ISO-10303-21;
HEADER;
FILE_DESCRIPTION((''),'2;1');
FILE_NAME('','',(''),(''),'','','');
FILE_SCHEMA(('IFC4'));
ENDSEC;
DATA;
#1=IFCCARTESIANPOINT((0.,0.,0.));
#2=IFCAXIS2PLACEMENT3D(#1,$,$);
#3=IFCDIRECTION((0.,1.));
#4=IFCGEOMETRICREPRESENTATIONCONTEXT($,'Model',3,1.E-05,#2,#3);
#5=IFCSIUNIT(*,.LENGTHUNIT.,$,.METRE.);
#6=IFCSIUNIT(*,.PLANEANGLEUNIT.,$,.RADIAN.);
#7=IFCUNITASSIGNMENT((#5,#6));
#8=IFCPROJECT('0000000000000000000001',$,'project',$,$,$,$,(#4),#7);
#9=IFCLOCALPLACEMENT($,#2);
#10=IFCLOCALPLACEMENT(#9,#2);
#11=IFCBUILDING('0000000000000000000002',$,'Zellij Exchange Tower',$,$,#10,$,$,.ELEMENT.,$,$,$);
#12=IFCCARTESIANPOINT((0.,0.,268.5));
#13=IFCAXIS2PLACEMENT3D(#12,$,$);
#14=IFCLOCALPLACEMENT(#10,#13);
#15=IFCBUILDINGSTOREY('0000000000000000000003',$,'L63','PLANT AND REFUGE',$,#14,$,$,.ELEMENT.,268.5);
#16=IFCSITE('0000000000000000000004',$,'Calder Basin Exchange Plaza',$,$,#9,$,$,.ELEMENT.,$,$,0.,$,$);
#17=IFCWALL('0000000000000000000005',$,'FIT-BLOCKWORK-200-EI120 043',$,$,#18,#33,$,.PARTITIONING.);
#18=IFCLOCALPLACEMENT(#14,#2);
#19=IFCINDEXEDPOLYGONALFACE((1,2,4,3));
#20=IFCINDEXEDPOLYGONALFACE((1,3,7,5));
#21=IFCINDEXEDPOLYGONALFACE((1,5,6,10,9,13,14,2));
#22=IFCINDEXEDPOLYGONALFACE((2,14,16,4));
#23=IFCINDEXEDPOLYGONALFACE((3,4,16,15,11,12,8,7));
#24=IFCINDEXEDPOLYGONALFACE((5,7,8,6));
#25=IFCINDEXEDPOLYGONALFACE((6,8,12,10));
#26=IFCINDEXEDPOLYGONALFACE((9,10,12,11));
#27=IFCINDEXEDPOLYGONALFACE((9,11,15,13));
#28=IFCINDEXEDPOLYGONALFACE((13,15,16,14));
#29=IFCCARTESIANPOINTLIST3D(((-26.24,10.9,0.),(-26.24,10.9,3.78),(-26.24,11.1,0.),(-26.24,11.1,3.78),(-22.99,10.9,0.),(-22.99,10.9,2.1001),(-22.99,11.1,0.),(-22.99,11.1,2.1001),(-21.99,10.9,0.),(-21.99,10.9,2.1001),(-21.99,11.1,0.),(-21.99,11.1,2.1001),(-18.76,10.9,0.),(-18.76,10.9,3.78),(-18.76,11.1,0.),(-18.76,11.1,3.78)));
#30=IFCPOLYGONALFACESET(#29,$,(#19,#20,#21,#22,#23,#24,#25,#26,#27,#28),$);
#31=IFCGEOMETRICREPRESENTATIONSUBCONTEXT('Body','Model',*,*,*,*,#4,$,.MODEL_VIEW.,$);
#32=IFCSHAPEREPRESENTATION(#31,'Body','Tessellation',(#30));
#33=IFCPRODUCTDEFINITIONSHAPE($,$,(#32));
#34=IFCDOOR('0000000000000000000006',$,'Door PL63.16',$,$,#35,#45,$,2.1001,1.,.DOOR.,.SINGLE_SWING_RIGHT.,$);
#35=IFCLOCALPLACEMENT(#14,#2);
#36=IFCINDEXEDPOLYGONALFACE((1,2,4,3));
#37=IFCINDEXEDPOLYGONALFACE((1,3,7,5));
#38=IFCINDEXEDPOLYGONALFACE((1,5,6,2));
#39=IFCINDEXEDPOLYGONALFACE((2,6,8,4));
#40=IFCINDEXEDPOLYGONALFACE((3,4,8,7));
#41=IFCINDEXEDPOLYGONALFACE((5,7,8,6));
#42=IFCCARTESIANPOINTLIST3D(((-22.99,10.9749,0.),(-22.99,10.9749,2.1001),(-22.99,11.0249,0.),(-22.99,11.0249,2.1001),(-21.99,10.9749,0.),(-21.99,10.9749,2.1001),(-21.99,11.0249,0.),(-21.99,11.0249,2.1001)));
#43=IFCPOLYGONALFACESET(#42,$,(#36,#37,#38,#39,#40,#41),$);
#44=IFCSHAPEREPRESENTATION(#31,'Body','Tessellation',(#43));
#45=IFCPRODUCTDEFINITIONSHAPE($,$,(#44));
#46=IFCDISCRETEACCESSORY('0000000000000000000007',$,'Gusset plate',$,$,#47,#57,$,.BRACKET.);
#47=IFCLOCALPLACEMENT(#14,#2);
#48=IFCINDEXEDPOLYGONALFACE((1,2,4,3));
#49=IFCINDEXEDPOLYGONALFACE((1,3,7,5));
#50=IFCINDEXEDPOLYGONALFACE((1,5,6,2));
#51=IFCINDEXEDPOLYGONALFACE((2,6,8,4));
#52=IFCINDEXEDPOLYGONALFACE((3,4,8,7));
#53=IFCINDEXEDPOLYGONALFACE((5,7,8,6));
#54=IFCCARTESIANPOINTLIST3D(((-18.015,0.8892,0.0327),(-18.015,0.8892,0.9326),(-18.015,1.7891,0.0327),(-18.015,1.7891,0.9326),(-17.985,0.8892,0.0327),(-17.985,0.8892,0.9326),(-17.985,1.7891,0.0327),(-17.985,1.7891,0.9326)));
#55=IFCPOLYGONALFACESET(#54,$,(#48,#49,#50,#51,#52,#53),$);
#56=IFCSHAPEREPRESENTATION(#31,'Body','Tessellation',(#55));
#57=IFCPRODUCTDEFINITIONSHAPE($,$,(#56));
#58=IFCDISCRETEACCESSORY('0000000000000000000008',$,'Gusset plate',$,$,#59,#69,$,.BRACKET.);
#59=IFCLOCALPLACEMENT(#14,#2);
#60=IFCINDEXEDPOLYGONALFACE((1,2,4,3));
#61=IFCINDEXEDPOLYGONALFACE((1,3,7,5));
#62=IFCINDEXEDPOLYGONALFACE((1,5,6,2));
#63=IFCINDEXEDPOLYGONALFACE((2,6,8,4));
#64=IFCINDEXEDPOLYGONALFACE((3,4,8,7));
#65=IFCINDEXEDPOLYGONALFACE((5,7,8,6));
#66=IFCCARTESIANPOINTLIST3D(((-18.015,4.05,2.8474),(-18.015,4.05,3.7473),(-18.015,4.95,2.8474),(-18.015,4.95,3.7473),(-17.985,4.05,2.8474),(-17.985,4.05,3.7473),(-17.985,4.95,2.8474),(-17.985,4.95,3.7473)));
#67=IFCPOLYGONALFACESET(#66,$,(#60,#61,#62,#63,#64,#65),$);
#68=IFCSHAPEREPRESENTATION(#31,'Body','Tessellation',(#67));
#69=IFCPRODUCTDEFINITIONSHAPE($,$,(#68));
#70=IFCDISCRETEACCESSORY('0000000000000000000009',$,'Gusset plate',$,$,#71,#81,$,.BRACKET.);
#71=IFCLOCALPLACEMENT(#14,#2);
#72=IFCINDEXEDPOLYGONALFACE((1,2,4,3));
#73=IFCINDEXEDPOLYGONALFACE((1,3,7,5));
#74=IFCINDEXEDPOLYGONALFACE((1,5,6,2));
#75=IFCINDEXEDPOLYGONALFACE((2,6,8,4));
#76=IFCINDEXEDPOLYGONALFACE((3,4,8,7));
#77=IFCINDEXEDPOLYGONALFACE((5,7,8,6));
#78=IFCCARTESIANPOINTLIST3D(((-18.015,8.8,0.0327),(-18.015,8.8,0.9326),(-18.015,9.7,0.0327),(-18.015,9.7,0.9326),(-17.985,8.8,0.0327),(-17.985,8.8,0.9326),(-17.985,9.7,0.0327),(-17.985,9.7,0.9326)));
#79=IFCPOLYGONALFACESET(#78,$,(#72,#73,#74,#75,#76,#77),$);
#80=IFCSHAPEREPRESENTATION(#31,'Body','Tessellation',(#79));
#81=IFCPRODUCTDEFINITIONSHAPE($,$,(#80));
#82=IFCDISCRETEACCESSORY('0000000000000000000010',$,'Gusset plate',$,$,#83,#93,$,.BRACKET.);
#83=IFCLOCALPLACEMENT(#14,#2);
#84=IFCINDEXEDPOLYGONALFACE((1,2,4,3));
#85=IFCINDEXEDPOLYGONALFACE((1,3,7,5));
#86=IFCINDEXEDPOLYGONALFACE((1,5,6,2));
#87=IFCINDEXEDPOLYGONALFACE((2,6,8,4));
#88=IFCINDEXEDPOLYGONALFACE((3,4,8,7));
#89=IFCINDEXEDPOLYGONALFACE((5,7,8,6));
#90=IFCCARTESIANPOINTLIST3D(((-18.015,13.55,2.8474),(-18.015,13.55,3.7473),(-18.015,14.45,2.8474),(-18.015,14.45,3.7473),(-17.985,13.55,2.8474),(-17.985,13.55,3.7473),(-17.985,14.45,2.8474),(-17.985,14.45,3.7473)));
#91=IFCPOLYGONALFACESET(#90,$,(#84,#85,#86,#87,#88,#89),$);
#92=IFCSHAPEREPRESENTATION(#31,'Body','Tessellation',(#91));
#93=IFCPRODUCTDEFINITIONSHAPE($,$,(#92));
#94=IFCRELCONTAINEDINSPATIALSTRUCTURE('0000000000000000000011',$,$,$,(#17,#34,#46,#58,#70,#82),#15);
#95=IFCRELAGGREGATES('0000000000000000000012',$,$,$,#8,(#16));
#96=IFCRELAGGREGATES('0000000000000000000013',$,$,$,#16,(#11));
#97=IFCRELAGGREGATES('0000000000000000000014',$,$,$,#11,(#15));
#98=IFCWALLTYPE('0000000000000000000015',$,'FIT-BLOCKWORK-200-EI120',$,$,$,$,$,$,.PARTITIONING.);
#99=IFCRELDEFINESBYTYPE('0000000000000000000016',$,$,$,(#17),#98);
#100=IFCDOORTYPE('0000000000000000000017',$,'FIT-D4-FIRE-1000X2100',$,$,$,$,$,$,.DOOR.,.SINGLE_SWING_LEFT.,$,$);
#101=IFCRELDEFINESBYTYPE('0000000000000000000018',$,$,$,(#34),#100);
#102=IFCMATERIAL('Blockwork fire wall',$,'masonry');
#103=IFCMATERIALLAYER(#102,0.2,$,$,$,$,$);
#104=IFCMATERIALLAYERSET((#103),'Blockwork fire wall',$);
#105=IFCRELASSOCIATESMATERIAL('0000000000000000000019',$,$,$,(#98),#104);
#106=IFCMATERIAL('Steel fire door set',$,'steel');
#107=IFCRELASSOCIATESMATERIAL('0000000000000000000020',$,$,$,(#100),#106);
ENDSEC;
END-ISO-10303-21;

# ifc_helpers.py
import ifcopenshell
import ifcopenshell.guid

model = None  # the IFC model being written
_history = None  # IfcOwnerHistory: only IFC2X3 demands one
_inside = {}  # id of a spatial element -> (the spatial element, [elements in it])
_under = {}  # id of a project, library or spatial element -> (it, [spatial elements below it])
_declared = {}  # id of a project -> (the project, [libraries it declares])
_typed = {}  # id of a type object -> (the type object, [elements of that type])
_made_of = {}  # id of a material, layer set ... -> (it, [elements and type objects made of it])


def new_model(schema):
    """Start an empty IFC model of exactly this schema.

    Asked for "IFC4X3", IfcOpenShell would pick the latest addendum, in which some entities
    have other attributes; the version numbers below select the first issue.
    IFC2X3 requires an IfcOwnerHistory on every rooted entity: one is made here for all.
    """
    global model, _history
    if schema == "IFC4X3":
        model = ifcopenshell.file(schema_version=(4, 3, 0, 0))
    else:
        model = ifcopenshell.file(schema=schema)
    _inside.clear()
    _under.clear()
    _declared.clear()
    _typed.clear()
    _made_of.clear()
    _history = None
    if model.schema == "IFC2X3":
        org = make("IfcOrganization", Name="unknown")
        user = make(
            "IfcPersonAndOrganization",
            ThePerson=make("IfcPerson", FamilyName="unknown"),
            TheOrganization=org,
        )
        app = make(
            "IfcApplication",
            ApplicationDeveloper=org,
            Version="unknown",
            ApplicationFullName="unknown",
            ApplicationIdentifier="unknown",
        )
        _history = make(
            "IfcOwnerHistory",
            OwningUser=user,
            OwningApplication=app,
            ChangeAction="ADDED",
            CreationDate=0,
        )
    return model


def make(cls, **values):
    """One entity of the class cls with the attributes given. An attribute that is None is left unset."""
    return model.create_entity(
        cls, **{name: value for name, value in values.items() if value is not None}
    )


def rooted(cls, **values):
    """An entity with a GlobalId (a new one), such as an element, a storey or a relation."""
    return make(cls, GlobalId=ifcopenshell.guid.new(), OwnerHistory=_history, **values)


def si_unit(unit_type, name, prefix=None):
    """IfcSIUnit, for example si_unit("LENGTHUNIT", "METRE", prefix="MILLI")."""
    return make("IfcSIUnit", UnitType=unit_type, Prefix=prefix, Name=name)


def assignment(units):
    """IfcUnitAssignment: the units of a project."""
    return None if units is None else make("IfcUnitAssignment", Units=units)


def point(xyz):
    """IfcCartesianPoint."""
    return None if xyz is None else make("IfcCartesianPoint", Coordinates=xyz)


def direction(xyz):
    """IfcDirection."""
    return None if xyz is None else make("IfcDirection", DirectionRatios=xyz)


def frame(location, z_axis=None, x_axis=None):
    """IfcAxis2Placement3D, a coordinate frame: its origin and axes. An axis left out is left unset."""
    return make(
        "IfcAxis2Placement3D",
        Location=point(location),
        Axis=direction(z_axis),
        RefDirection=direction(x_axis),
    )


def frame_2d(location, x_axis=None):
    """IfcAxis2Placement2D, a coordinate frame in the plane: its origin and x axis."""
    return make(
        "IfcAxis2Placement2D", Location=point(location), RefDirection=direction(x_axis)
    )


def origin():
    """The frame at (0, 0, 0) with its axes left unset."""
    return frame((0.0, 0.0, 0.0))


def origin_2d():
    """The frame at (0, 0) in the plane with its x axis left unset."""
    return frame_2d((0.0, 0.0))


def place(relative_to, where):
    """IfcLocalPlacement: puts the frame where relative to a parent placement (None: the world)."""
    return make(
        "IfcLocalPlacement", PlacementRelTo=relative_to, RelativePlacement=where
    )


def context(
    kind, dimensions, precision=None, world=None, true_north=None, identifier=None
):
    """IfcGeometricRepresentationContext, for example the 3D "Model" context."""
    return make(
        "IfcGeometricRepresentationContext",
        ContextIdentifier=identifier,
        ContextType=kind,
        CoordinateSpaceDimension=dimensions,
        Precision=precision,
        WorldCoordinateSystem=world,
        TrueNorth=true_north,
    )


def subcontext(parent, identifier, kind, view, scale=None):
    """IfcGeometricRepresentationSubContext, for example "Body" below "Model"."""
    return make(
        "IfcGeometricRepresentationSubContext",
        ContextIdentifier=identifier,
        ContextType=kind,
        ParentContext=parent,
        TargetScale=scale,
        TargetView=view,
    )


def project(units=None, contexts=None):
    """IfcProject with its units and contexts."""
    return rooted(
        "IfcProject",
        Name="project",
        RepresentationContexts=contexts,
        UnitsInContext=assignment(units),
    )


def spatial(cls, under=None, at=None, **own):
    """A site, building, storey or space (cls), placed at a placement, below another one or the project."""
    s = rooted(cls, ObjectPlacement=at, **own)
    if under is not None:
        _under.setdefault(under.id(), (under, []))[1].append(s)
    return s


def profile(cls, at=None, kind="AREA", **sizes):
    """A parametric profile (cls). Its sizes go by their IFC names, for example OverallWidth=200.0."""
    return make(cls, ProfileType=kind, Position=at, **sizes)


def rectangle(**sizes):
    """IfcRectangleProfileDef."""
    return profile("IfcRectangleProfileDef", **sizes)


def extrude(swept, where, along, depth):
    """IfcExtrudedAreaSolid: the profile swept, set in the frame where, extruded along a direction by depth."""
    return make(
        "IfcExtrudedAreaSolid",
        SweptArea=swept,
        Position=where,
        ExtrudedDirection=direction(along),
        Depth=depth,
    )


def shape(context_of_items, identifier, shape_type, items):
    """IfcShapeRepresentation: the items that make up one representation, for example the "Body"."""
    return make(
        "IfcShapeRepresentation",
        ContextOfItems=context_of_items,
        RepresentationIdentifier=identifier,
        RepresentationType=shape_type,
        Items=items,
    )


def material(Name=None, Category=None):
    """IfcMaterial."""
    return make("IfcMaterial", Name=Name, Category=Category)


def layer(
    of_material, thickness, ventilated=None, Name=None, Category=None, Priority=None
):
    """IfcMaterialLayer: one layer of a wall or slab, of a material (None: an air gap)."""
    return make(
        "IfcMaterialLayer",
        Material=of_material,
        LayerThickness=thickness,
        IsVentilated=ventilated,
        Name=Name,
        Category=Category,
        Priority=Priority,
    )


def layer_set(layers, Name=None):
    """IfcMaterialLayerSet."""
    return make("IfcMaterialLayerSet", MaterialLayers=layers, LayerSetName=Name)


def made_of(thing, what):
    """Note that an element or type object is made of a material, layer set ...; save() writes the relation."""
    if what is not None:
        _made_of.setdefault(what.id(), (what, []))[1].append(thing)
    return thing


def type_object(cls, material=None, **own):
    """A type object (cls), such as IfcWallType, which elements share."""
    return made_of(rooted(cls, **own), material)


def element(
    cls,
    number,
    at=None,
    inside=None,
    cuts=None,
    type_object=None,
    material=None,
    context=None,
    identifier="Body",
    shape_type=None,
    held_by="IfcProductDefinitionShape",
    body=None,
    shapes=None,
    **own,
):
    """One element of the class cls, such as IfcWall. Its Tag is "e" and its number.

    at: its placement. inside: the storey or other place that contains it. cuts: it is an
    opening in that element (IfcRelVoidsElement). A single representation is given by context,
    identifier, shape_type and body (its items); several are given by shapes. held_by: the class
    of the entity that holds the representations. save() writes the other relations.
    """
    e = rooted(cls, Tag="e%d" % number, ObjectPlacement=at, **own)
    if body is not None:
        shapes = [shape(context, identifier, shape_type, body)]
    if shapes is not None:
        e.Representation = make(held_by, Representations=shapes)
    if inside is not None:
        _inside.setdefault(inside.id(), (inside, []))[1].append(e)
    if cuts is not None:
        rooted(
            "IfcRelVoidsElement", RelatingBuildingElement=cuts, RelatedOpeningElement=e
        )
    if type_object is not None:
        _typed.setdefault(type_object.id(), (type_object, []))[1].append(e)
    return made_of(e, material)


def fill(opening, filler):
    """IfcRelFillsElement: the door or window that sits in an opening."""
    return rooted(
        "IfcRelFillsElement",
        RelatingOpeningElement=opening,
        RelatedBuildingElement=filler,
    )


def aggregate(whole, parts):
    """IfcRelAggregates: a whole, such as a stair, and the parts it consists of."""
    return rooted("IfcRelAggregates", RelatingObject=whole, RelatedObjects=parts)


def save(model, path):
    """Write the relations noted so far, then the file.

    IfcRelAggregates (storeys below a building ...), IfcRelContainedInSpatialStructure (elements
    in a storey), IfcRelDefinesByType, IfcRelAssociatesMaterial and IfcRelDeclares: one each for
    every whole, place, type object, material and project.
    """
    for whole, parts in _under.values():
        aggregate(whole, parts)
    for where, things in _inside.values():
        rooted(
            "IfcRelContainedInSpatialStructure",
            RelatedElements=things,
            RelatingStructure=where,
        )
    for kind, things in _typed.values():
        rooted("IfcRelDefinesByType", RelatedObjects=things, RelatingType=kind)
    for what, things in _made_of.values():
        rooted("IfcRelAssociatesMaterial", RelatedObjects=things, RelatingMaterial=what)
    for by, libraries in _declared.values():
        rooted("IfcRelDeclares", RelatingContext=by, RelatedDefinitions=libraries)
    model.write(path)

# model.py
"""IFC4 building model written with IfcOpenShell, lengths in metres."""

from ifc_helpers import new_model, si_unit, direction, frame, frame_2d, origin, origin_2d, place, context, subcontext, project, spatial, rectangle, extrude, material, layer, layer_set, type_object, element, fill, save


model = new_model("IFC4")

# Units and contexts
model_context = context("Model", 3, precision=1e-05, world=origin(), true_north=direction((0.0, 1.0)))
body_context = subcontext(model_context, "Body", "Model", "MODEL_VIEW")
ifc_project = project(units=[si_unit("LENGTHUNIT", "METRE"), si_unit("PLANEANGLEUNIT", "RADIAN")], contexts=[model_context])

# Site, building, storey
site_placement = place(None, origin())
site = spatial("IfcSite", under=ifc_project, at=site_placement, Name="Calder Basin Exchange Plaza", CompositionType="ELEMENT", RefElevation=0.0)
building_placement = place(site_placement, origin())
building = spatial("IfcBuilding", under=site, at=building_placement, Name="Zellij Exchange Tower", CompositionType="ELEMENT")
storey_placement = place(building_placement, frame((0.0, 0.0, 268.5)))
storey = spatial("IfcBuildingStorey", under=building, at=storey_placement, Name="L63", Description="PLANT AND REFUGE", CompositionType="ELEMENT", Elevation=268.5)

# Wall, opening, door
ifc_material_1 = material(Name="Blockwork fire wall", Category="masonry")
ifc_layer = layer(ifc_material_1, 0.2)
ifc_layer_set = layer_set([ifc_layer], Name="Blockwork fire wall")
wall_type = type_object("IfcWallType", Name="FIT-BLOCKWORK-200-EI120", PredefinedType="PARTITIONING", material=ifc_layer_set)
ifc_material_2 = material(Name="Steel fire door set", Category="steel")
door_type = type_object("IfcDoorType", Name="FIT-D4-FIRE-1000X2100", OperationType="SINGLE_SWING_LEFT", PredefinedType="DOOR", material=ifc_material_2)
wall_1_placement = place(storey_placement, frame((-26.24, 11.0, 0.0), z_axis=(0.0, 0.0, 1.0), x_axis=(1.0, 0.0, 0.0)))
wall_1 = element("IfcWall", 1, at=wall_1_placement, inside=storey, type_object=wall_type, Name="FIT-BLOCKWORK-200-EI120 043", PredefinedType="PARTITIONING", context=body_context, shape_type="SweptSolid", body=[
    extrude(rectangle(XDim=7.48, YDim=0.2, at=frame_2d((3.74, 0.0))), origin(), (0.0, 0.0, 1.0), 3.78),
])
opening_1_placement = place(wall_1_placement, frame((3.25, 0.0, 0.0)))
opening_1 = element("IfcOpeningElement", 2, at=opening_1_placement, cuts=wall_1, PredefinedType="OPENING", context=body_context, shape_type="SweptSolid", body=[
    extrude(rectangle(XDim=1.0, YDim=2.1001, at=frame_2d((0.5, 1.05))), frame((0.0, 0.1118, 0.0), z_axis=(0.0, -1.0, 0.0), x_axis=(1.0, 0.0, 0.0)), (0.0, 0.0, 1.0), 0.2239),
])
door_1_placement = place(opening_1_placement, origin())
door_1 = element("IfcDoor", 3, at=door_1_placement, inside=storey, type_object=door_type, Name="Door PL63.16", OperationType="SINGLE_SWING_RIGHT", OverallHeight=2.1001, OverallWidth=1.0, PredefinedType="DOOR", context=body_context, shape_type="SweptSolid", body=[
    extrude(rectangle(XDim=1.0, YDim=2.1001, at=frame_2d((0.5, 1.05))), frame((0.0, 0.0249, 0.0), z_axis=(0.0, -1.0, 0.0), x_axis=(1.0, 0.0, 0.0)), (0.0, 0.0, 1.0), 0.05),
])
fill(opening_1, door_1)

# Discrete accessories
for number, where, z_axis, x_axis, name in (
    (4, (-18.0, 1.3391, 0.0327), (0.0, 0.0, 1.0), (0.0, 1.0, 0.0), "Gusset plate"),
    (5, (-18.0, 4.5, 2.8474), (0.0, 0.0, 1.0), (0.0, 1.0, 0.0), "Gusset plate"),
    (6, (-18.0, 9.25, 0.0327), (0.0, 0.0, 1.0), (0.0, 1.0, 0.0), "Gusset plate"),
    (7, (-18.0, 14.0, 2.8474), (0.0, 0.0, 1.0), (0.0, 1.0, 0.0), "Gusset plate"),
):
    element("IfcDiscreteAccessory", number, at=place(storey_placement, frame(where, z_axis=z_axis, x_axis=x_axis)), inside=storey, Name=name, PredefinedType="BRACKET", context=body_context, shape_type="SweptSolid", body=[
        extrude(rectangle(XDim=0.8999, YDim=0.03, at=origin_2d()), origin(), (0.0, 0.0, 1.0), 0.8999),
    ])

save(model, "model.ifc")
